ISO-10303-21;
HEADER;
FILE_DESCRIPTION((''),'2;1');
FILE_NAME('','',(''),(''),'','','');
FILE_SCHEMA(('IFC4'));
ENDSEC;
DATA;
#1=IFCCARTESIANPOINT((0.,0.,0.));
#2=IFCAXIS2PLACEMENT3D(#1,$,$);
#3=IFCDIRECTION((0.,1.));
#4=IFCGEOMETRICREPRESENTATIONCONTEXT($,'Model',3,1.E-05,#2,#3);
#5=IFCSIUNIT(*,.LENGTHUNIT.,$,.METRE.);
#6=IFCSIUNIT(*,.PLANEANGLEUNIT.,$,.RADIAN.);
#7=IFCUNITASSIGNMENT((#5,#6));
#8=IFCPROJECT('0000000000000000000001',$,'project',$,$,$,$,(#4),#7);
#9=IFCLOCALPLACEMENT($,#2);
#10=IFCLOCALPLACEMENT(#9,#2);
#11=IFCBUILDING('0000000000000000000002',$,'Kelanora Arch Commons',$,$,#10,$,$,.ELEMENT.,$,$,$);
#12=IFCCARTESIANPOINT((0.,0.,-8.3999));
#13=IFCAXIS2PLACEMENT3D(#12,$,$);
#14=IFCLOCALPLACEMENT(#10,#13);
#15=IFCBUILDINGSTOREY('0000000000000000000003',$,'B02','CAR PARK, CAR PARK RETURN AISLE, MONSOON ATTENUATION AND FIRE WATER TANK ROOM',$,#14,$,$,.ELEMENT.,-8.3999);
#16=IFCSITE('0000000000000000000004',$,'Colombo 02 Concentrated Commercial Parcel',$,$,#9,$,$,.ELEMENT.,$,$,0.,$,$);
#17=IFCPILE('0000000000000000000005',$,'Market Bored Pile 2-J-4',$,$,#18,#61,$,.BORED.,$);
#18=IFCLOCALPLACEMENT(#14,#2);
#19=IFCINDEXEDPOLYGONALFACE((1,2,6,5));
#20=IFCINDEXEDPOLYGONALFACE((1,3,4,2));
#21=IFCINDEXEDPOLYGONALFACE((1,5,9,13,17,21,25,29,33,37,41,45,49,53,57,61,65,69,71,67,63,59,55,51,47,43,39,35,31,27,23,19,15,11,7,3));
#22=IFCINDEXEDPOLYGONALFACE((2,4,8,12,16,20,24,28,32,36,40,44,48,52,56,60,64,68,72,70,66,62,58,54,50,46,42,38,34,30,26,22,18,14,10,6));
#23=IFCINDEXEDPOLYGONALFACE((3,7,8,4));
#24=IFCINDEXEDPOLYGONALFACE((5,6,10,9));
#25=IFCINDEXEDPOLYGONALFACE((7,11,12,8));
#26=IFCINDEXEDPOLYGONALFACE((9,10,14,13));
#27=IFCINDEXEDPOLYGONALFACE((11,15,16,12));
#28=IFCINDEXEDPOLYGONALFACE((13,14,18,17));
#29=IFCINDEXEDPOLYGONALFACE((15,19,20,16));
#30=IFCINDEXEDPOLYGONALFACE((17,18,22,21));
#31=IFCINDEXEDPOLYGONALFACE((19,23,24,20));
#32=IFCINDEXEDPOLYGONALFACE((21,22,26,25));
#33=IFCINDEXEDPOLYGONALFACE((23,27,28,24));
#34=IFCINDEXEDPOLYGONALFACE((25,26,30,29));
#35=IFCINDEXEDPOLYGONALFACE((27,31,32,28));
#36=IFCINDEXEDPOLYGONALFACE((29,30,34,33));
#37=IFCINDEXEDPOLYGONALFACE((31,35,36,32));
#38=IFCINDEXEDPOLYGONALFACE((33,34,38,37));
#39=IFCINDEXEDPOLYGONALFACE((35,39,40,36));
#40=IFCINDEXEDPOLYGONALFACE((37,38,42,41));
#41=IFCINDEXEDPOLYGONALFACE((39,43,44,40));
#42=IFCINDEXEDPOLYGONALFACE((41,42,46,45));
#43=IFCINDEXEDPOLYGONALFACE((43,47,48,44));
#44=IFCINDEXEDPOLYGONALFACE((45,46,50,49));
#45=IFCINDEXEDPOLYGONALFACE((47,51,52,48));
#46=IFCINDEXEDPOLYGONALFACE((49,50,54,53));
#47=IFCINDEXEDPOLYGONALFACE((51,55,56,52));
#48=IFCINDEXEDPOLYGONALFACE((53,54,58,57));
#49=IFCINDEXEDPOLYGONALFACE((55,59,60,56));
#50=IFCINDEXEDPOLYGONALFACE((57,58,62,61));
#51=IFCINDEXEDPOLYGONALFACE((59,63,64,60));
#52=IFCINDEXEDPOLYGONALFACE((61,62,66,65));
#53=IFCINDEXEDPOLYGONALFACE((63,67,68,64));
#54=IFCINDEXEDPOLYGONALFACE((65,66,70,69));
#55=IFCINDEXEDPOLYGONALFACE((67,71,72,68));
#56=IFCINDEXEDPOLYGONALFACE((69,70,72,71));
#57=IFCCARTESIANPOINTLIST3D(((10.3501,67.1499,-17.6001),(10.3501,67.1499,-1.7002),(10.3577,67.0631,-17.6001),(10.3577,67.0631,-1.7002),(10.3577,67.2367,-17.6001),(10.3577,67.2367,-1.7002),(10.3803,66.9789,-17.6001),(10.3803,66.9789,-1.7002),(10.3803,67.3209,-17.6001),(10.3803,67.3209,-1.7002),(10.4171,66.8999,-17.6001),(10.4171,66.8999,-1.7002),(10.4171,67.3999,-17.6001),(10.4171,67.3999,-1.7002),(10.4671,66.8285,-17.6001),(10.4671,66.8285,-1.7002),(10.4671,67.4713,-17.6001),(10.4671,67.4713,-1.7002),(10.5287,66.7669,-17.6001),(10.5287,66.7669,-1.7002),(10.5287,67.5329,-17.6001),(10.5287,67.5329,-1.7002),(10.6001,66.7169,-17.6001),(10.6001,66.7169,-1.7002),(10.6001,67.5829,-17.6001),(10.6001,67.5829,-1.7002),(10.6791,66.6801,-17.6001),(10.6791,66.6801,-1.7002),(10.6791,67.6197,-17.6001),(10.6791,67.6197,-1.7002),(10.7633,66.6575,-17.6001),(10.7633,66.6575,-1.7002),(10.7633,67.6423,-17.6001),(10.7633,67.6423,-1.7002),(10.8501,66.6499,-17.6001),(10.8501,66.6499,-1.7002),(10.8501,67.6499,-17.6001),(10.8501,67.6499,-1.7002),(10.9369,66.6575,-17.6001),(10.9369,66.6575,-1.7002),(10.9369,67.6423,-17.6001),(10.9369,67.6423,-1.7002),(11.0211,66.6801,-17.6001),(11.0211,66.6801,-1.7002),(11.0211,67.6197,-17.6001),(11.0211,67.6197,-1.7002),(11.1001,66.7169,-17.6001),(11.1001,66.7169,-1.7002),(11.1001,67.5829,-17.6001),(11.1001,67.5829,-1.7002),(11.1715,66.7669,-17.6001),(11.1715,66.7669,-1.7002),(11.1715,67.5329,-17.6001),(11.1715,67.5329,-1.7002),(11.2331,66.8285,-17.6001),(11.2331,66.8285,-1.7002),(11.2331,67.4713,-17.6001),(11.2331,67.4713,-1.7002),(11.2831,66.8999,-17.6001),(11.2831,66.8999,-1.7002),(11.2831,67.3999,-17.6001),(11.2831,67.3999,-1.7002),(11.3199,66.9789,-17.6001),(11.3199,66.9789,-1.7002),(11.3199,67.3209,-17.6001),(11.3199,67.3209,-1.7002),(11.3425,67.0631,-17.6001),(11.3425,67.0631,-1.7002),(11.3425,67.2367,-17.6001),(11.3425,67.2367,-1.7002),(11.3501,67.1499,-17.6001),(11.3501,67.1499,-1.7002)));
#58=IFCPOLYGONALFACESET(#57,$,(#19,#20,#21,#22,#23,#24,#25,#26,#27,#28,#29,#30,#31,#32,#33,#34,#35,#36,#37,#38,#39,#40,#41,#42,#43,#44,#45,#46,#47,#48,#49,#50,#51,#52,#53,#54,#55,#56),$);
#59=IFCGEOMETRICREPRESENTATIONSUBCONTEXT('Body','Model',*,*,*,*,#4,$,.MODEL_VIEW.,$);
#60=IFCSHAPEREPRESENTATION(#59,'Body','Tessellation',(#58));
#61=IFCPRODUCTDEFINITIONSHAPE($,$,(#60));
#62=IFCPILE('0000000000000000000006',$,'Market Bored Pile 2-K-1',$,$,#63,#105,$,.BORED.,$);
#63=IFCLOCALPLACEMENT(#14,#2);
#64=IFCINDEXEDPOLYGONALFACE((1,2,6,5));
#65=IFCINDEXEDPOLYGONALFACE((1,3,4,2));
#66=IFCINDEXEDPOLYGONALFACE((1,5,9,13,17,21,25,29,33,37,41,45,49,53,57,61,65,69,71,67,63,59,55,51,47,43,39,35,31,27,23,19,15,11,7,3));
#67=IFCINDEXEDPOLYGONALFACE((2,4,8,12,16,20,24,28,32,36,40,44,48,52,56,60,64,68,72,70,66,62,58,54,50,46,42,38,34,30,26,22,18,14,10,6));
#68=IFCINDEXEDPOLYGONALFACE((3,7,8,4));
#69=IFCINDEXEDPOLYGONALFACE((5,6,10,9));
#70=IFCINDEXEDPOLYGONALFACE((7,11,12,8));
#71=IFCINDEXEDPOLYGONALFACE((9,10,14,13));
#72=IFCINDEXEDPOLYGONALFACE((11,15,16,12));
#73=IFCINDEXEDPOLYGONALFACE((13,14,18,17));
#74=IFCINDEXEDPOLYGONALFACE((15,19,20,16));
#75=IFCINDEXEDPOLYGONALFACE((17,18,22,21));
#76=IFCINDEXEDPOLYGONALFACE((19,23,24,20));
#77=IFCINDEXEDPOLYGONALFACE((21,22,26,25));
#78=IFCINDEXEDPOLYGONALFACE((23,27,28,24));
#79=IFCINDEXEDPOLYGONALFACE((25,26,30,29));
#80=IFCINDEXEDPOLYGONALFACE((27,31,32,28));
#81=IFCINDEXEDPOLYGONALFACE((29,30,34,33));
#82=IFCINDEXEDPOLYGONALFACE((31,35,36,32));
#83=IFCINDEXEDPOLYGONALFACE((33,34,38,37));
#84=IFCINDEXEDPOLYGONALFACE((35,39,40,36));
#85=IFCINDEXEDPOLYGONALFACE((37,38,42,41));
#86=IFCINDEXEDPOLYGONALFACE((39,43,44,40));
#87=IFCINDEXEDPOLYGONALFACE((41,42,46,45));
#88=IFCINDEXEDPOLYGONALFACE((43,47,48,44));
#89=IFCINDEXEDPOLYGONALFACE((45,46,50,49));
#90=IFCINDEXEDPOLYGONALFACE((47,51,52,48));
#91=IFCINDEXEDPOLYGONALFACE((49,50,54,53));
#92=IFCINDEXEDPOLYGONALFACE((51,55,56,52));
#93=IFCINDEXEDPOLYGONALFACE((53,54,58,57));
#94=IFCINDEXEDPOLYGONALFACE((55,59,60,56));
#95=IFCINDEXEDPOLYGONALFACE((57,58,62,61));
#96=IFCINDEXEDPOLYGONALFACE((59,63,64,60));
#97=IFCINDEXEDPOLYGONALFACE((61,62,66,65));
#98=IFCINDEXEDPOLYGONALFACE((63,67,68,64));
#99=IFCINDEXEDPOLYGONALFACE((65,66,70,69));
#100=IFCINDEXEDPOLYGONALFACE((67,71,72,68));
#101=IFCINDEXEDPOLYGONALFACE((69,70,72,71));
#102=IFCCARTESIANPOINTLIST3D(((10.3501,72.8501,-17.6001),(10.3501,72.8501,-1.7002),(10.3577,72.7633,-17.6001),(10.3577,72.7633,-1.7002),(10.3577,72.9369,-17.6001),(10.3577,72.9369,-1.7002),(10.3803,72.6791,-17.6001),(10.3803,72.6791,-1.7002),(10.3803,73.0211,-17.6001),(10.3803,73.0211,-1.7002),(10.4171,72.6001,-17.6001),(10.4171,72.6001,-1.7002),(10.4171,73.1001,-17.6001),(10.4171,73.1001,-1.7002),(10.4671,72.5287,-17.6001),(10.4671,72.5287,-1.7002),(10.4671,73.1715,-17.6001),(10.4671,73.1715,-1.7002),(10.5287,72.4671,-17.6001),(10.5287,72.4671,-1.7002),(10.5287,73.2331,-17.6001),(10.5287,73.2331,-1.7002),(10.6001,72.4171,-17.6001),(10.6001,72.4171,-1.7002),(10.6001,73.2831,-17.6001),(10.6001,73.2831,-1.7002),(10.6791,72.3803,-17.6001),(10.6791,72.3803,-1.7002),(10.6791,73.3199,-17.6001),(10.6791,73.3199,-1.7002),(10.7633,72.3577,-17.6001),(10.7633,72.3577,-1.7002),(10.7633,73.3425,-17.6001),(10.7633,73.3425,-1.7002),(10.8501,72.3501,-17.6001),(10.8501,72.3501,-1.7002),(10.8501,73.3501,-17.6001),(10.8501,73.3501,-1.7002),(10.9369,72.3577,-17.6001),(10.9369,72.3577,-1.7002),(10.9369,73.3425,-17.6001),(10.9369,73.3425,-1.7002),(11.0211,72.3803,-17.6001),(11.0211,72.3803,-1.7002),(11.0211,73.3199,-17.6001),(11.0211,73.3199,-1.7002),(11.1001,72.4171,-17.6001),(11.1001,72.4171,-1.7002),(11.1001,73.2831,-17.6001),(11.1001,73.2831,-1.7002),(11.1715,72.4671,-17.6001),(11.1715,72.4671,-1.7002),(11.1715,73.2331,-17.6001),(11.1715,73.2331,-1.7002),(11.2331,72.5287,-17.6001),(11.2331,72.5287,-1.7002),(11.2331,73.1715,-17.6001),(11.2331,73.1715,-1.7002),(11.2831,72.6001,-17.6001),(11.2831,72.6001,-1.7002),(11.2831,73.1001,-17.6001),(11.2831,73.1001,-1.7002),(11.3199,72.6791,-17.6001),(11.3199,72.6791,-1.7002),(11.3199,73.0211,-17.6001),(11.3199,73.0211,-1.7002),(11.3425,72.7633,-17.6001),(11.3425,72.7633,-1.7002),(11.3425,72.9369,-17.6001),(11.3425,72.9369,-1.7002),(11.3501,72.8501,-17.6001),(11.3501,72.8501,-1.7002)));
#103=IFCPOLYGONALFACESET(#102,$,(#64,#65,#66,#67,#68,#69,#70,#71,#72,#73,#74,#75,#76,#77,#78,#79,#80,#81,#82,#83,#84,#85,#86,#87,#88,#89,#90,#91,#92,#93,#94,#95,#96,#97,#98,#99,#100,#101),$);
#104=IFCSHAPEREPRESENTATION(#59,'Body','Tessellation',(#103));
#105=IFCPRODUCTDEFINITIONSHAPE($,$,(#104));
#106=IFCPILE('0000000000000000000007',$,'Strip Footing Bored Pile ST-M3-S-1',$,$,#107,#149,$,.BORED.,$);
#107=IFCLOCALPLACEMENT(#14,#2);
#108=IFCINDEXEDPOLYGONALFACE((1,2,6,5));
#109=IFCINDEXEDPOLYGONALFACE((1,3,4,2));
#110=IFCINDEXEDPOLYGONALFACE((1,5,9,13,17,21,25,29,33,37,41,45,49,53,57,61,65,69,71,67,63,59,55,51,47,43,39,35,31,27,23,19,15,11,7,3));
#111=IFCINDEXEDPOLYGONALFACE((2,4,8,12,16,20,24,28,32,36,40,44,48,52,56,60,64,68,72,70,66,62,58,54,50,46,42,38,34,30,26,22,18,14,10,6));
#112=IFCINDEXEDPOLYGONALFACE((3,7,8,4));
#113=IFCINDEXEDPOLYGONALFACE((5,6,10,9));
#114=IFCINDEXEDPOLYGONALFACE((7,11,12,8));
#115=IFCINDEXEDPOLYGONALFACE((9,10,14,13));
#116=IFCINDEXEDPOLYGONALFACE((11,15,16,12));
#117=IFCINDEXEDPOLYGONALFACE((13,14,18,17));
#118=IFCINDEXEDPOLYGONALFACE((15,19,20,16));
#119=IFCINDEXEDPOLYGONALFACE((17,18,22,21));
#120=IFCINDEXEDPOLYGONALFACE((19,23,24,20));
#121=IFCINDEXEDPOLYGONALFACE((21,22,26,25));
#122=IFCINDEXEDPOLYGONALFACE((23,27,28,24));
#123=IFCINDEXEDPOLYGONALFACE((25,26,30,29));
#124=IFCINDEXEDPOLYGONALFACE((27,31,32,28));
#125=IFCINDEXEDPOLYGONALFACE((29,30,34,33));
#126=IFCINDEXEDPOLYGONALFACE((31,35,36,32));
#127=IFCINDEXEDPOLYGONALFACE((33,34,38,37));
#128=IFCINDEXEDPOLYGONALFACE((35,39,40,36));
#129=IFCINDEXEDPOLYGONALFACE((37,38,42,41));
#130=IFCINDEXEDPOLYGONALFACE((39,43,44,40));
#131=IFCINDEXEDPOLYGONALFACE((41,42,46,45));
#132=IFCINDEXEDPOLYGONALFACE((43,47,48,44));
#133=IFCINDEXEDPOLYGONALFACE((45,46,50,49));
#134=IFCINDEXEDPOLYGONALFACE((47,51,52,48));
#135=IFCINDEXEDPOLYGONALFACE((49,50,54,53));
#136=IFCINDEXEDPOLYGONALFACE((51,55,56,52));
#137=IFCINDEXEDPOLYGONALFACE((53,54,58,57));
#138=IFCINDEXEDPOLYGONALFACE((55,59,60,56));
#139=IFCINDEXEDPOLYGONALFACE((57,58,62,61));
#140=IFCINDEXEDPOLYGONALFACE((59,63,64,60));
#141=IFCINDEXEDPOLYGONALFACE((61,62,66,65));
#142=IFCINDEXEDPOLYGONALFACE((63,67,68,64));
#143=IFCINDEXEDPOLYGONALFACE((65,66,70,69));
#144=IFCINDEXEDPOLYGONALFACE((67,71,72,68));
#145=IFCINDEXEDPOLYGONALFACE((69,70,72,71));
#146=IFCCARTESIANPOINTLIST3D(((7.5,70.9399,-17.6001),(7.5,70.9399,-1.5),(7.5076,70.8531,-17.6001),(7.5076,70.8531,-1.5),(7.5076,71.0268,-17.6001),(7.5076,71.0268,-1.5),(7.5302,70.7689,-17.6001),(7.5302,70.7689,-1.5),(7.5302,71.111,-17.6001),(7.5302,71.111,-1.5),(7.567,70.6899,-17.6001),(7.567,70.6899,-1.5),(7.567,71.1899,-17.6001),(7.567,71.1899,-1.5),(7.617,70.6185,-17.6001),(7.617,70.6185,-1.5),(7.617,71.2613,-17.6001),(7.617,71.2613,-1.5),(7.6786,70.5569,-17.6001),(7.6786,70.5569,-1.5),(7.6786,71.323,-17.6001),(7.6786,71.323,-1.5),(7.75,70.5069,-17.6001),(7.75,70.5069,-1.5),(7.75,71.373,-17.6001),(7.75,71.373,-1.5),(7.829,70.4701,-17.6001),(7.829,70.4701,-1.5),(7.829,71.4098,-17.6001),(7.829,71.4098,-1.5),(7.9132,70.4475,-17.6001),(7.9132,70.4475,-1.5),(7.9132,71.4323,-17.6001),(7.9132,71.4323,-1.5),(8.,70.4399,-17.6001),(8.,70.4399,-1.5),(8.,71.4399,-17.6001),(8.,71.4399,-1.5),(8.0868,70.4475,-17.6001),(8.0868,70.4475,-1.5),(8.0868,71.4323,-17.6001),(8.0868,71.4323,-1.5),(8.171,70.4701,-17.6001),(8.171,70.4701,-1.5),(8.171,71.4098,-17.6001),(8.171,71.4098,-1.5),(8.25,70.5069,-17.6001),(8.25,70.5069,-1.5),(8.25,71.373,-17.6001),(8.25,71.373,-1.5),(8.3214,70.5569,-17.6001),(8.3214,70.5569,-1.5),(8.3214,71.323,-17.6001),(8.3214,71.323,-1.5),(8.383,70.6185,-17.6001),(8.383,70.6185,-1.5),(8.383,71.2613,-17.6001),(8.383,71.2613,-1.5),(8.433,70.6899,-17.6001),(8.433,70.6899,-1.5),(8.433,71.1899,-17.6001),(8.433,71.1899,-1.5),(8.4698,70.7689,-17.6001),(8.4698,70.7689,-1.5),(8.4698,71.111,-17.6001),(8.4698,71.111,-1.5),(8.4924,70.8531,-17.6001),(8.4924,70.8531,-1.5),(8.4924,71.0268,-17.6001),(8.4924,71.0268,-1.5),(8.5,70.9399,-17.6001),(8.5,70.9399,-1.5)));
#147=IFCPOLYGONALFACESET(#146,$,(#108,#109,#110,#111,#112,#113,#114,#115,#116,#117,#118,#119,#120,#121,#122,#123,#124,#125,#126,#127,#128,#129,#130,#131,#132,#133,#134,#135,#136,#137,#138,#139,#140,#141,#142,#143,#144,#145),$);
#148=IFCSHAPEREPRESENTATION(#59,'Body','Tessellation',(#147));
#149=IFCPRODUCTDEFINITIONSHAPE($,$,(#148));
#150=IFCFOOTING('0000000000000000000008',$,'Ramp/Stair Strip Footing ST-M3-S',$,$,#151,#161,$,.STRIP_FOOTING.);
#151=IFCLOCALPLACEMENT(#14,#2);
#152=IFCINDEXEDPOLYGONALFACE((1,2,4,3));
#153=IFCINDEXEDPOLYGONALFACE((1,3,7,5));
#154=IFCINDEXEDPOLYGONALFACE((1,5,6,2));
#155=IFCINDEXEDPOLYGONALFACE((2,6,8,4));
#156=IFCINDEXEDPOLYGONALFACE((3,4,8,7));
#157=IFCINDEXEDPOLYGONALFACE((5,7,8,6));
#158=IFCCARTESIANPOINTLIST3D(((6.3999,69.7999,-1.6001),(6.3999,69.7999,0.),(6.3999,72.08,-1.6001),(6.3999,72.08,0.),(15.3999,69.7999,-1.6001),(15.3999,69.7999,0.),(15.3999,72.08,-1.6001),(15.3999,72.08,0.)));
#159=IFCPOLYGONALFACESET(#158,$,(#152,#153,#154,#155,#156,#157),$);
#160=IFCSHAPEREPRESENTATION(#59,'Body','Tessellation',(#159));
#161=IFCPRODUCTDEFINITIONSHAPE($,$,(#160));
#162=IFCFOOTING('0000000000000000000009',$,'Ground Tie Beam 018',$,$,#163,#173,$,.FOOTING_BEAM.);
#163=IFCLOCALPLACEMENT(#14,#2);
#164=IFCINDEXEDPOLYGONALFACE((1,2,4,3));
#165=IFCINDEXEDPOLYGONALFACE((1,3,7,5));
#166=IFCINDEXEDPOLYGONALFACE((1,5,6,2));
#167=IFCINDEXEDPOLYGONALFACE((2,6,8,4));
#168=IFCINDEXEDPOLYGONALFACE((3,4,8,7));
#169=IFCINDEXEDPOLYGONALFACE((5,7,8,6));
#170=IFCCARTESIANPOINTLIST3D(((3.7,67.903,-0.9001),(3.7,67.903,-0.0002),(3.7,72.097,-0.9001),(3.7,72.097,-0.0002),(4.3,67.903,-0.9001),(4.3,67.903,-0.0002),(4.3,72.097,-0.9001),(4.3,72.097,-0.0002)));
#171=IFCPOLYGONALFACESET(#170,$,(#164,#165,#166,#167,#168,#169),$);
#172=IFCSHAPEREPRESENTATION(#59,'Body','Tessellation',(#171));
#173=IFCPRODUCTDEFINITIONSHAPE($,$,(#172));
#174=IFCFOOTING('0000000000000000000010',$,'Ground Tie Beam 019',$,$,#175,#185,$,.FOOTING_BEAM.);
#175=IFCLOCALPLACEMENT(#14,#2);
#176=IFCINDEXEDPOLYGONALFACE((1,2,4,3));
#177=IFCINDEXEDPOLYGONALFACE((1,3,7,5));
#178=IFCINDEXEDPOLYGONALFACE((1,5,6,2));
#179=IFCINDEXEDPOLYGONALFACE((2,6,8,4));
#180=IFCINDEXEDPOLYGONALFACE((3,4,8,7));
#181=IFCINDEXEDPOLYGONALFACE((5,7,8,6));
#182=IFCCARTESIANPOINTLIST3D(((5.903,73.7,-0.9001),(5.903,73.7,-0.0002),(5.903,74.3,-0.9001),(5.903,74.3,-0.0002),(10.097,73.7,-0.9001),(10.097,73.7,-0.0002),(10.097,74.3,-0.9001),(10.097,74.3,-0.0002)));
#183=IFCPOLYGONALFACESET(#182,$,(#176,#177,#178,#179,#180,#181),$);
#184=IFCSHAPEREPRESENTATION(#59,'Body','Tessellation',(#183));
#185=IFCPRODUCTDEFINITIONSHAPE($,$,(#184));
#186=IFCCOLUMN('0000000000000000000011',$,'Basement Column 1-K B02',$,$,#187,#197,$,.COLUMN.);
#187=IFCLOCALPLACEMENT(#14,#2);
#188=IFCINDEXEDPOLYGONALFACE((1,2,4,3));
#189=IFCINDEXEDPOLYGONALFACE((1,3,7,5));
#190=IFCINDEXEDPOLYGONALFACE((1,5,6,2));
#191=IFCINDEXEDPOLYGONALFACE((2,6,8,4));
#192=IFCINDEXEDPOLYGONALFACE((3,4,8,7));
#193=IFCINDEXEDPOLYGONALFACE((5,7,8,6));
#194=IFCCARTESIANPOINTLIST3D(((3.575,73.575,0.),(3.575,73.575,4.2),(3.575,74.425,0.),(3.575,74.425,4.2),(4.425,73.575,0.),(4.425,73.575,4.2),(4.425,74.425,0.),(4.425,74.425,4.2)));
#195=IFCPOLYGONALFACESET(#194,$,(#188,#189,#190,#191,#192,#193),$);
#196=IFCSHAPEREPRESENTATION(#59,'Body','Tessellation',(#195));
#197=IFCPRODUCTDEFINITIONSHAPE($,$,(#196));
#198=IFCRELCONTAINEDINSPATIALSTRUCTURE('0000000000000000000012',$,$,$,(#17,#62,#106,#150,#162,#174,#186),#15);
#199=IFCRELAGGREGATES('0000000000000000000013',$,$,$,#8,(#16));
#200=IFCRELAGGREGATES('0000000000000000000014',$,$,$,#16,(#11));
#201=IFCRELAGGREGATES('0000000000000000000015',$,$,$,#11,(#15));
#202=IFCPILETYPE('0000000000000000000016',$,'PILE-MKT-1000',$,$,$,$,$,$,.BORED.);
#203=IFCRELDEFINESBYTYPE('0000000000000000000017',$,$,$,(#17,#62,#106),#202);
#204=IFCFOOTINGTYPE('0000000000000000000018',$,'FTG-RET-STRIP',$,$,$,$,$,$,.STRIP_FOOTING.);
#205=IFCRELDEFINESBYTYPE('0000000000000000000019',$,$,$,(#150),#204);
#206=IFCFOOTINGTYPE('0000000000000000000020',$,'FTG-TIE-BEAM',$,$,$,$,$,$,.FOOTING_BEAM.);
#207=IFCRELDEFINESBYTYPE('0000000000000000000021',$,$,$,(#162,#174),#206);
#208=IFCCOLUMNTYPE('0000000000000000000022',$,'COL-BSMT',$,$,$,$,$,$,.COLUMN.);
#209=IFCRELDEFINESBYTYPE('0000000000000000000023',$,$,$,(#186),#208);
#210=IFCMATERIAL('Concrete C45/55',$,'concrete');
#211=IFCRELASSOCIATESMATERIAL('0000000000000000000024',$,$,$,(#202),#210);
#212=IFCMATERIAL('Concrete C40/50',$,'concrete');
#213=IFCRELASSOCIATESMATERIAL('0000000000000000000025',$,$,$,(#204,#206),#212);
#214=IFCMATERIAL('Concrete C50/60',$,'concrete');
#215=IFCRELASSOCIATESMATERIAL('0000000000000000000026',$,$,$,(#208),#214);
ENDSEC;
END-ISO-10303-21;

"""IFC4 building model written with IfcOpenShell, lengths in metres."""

from ifc_helpers import new_model, si_unit, direction, frame, origin, origin_2d, place, context, subcontext, project, spatial, rectangle, circle, extrude, source, transform, mapped, material, material_profile, profile_set, type_object, element, save


model = new_model("IFC4")

# Units and contexts
model_context = context("Model", 3, precision=1e-05, world=origin(), true_north=direction((0.0, 1.0)))
body_context = subcontext(model_context, "Body", "Model", "MODEL_VIEW")
ifc_project = project(units=[si_unit("LENGTHUNIT", "METRE"), si_unit("PLANEANGLEUNIT", "RADIAN")], contexts=[model_context])

# Site, building, storey
site_placement = place(None, origin())
site = spatial("IfcSite", under=ifc_project, at=site_placement, Name="Colombo 02 Concentrated Commercial Parcel", CompositionType="ELEMENT", RefElevation=0.0)
building_placement = place(site_placement, origin())
building = spatial("IfcBuilding", under=site, at=building_placement, Name="Kelanora Arch Commons", CompositionType="ELEMENT")
storey_placement = place(building_placement, frame((0.0, 0.0, -8.3999)))
storey = spatial("IfcBuildingStorey", under=building, at=storey_placement, Name="B02", Description="CAR PARK, CAR PARK RETURN AISLE, MONSOON ATTENUATION AND FIRE WATER TANK ROOM", CompositionType="ELEMENT", Elevation=-8.3999)

# Shared definitions
ifc_material_1 = material(Name="Concrete C40/50", Category="concrete")

# Piles
ifc_material_2 = material(Name="Concrete C45/55", Category="concrete")
ifc_material_profile_1 = material_profile(ifc_material_2, circle(Radius=0.5, at=origin_2d()), Name="PILE1000")
ifc_profile_set_1 = profile_set([ifc_material_profile_1], Name="Concrete C45/55")
pile_type = type_object("IfcPileType", Name="PILE-MKT-1000", PredefinedType="BORED", material=ifc_profile_set_1)
shared_shape_1 = source(origin(), body_context, "Body", "SweptSolid", [
    extrude(circle(Radius=0.5, at=origin_2d()), origin(), (0.0, 0.0, 1.0), 15.8999),
])
for number, where, z_axis, x_axis, name in (
    (1, (10.8501, 67.1499, -1.7002), (0.0, 0.0, -1.0), (1.0, 0.0, 0.0), "Market Bored Pile 2-J-4"),
    (2, (10.8501, 72.8501, -1.7002), (0.0, 0.0, -1.0), (1.0, 0.0, 0.0), "Market Bored Pile 2-K-1"),
):
    element("IfcPile", number, at=place(storey_placement, frame(where, z_axis=z_axis, x_axis=x_axis)), inside=storey, type_object=pile_type, Name=name, PredefinedType="BORED", context=body_context, shape_type="MappedRepresentation", body=[
        mapped(shared_shape_1, transform((0.0, 0.0, 0.0), scale=1.0)),
    ])
shared_shape_2 = source(origin(), body_context, "Body", "SweptSolid", [
    extrude(circle(Radius=0.5, at=origin_2d()), origin(), (0.0, 0.0, 1.0), 16.1001),
])
pile_placement = place(storey_placement, frame((8.0, 70.9399, -1.5), z_axis=(0.0, 0.0, -1.0), x_axis=(1.0, 0.0, 0.0)))
element("IfcPile", 3, at=pile_placement, inside=storey, type_object=pile_type, Name="Strip Footing Bored Pile ST-M3-S-1", PredefinedType="BORED", context=body_context, shape_type="MappedRepresentation", body=[
    mapped(shared_shape_2, transform((0.0, 0.0, 0.0), scale=1.0)),
])

# Footings
footing_type_1 = type_object("IfcFootingType", Name="FTG-RET-STRIP", PredefinedType="STRIP_FOOTING", material=ifc_material_1)
shared_shape_3 = source(origin(), body_context, "Body", "SweptSolid", [
    extrude(rectangle(XDim=9.0, YDim=2.28, at=origin_2d()), origin(), (0.0, 0.0, 1.0), 1.6001),
])
footing_1_placement = place(storey_placement, frame((10.8999, 70.9399, -1.6001), z_axis=(0.0, 0.0, 1.0), x_axis=(1.0, 0.0, 0.0)))
element("IfcFooting", 4, at=footing_1_placement, inside=storey, type_object=footing_type_1, Name="Ramp/Stair Strip Footing ST-M3-S", PredefinedType="STRIP_FOOTING", context=body_context, shape_type="MappedRepresentation", body=[
    mapped(shared_shape_3, transform((0.0, 0.0, 0.0), scale=1.0)),
])
footing_type_2 = type_object("IfcFootingType", Name="FTG-TIE-BEAM", PredefinedType="FOOTING_BEAM", material=ifc_material_1)
shared_shape_4 = source(origin(), body_context, "Body", "SweptSolid", [
    extrude(rectangle(XDim=4.1941, YDim=0.6001, at=origin_2d()), origin(), (0.0, 0.0, 1.0), 0.8999),
])
for number, where, z_axis, x_axis, name in (
    (5, (4.0, 70.0, -0.9001), (0.0, 0.0, 1.0), (0.0, 1.0, 0.0), "Ground Tie Beam 018"),
    (6, (8.0, 74.0, -0.9001), (0.0, 0.0, 1.0), (1.0, 0.0, 0.0), "Ground Tie Beam 019"),
):
    element("IfcFooting", number, at=place(storey_placement, frame(where, z_axis=z_axis, x_axis=x_axis)), inside=storey, type_object=footing_type_2, Name=name, PredefinedType="FOOTING_BEAM", context=body_context, shape_type="MappedRepresentation", body=[
        mapped(shared_shape_4, transform((0.0, 0.0, 0.0), scale=1.0)),
    ])

# Column
ifc_material_3 = material(Name="Concrete C50/60", Category="concrete")
ifc_material_profile_2 = material_profile(ifc_material_3, rectangle(XDim=0.8501, YDim=0.8501, at=origin_2d()), Name="RC850x850")
ifc_profile_set_2 = profile_set([ifc_material_profile_2], Name="Concrete C50/60")
column_type = type_object("IfcColumnType", Name="COL-BSMT", PredefinedType="COLUMN", material=ifc_profile_set_2)
column_placement = place(storey_placement, frame((4.0, 74.0, 0.0), z_axis=(0.0, 0.0, 1.0), x_axis=(1.0, 0.0, 0.0)))
element("IfcColumn", 7, at=column_placement, inside=storey, type_object=column_type, Name="Basement Column 1-K B02", PredefinedType="COLUMN", context=body_context, shape_type="SweptSolid", body=[
    extrude(rectangle(XDim=0.8501, YDim=0.8501, at=origin_2d()), origin(), (0.0, 0.0, 1.0), 4.2),
])

save(model, "model.ifc")
